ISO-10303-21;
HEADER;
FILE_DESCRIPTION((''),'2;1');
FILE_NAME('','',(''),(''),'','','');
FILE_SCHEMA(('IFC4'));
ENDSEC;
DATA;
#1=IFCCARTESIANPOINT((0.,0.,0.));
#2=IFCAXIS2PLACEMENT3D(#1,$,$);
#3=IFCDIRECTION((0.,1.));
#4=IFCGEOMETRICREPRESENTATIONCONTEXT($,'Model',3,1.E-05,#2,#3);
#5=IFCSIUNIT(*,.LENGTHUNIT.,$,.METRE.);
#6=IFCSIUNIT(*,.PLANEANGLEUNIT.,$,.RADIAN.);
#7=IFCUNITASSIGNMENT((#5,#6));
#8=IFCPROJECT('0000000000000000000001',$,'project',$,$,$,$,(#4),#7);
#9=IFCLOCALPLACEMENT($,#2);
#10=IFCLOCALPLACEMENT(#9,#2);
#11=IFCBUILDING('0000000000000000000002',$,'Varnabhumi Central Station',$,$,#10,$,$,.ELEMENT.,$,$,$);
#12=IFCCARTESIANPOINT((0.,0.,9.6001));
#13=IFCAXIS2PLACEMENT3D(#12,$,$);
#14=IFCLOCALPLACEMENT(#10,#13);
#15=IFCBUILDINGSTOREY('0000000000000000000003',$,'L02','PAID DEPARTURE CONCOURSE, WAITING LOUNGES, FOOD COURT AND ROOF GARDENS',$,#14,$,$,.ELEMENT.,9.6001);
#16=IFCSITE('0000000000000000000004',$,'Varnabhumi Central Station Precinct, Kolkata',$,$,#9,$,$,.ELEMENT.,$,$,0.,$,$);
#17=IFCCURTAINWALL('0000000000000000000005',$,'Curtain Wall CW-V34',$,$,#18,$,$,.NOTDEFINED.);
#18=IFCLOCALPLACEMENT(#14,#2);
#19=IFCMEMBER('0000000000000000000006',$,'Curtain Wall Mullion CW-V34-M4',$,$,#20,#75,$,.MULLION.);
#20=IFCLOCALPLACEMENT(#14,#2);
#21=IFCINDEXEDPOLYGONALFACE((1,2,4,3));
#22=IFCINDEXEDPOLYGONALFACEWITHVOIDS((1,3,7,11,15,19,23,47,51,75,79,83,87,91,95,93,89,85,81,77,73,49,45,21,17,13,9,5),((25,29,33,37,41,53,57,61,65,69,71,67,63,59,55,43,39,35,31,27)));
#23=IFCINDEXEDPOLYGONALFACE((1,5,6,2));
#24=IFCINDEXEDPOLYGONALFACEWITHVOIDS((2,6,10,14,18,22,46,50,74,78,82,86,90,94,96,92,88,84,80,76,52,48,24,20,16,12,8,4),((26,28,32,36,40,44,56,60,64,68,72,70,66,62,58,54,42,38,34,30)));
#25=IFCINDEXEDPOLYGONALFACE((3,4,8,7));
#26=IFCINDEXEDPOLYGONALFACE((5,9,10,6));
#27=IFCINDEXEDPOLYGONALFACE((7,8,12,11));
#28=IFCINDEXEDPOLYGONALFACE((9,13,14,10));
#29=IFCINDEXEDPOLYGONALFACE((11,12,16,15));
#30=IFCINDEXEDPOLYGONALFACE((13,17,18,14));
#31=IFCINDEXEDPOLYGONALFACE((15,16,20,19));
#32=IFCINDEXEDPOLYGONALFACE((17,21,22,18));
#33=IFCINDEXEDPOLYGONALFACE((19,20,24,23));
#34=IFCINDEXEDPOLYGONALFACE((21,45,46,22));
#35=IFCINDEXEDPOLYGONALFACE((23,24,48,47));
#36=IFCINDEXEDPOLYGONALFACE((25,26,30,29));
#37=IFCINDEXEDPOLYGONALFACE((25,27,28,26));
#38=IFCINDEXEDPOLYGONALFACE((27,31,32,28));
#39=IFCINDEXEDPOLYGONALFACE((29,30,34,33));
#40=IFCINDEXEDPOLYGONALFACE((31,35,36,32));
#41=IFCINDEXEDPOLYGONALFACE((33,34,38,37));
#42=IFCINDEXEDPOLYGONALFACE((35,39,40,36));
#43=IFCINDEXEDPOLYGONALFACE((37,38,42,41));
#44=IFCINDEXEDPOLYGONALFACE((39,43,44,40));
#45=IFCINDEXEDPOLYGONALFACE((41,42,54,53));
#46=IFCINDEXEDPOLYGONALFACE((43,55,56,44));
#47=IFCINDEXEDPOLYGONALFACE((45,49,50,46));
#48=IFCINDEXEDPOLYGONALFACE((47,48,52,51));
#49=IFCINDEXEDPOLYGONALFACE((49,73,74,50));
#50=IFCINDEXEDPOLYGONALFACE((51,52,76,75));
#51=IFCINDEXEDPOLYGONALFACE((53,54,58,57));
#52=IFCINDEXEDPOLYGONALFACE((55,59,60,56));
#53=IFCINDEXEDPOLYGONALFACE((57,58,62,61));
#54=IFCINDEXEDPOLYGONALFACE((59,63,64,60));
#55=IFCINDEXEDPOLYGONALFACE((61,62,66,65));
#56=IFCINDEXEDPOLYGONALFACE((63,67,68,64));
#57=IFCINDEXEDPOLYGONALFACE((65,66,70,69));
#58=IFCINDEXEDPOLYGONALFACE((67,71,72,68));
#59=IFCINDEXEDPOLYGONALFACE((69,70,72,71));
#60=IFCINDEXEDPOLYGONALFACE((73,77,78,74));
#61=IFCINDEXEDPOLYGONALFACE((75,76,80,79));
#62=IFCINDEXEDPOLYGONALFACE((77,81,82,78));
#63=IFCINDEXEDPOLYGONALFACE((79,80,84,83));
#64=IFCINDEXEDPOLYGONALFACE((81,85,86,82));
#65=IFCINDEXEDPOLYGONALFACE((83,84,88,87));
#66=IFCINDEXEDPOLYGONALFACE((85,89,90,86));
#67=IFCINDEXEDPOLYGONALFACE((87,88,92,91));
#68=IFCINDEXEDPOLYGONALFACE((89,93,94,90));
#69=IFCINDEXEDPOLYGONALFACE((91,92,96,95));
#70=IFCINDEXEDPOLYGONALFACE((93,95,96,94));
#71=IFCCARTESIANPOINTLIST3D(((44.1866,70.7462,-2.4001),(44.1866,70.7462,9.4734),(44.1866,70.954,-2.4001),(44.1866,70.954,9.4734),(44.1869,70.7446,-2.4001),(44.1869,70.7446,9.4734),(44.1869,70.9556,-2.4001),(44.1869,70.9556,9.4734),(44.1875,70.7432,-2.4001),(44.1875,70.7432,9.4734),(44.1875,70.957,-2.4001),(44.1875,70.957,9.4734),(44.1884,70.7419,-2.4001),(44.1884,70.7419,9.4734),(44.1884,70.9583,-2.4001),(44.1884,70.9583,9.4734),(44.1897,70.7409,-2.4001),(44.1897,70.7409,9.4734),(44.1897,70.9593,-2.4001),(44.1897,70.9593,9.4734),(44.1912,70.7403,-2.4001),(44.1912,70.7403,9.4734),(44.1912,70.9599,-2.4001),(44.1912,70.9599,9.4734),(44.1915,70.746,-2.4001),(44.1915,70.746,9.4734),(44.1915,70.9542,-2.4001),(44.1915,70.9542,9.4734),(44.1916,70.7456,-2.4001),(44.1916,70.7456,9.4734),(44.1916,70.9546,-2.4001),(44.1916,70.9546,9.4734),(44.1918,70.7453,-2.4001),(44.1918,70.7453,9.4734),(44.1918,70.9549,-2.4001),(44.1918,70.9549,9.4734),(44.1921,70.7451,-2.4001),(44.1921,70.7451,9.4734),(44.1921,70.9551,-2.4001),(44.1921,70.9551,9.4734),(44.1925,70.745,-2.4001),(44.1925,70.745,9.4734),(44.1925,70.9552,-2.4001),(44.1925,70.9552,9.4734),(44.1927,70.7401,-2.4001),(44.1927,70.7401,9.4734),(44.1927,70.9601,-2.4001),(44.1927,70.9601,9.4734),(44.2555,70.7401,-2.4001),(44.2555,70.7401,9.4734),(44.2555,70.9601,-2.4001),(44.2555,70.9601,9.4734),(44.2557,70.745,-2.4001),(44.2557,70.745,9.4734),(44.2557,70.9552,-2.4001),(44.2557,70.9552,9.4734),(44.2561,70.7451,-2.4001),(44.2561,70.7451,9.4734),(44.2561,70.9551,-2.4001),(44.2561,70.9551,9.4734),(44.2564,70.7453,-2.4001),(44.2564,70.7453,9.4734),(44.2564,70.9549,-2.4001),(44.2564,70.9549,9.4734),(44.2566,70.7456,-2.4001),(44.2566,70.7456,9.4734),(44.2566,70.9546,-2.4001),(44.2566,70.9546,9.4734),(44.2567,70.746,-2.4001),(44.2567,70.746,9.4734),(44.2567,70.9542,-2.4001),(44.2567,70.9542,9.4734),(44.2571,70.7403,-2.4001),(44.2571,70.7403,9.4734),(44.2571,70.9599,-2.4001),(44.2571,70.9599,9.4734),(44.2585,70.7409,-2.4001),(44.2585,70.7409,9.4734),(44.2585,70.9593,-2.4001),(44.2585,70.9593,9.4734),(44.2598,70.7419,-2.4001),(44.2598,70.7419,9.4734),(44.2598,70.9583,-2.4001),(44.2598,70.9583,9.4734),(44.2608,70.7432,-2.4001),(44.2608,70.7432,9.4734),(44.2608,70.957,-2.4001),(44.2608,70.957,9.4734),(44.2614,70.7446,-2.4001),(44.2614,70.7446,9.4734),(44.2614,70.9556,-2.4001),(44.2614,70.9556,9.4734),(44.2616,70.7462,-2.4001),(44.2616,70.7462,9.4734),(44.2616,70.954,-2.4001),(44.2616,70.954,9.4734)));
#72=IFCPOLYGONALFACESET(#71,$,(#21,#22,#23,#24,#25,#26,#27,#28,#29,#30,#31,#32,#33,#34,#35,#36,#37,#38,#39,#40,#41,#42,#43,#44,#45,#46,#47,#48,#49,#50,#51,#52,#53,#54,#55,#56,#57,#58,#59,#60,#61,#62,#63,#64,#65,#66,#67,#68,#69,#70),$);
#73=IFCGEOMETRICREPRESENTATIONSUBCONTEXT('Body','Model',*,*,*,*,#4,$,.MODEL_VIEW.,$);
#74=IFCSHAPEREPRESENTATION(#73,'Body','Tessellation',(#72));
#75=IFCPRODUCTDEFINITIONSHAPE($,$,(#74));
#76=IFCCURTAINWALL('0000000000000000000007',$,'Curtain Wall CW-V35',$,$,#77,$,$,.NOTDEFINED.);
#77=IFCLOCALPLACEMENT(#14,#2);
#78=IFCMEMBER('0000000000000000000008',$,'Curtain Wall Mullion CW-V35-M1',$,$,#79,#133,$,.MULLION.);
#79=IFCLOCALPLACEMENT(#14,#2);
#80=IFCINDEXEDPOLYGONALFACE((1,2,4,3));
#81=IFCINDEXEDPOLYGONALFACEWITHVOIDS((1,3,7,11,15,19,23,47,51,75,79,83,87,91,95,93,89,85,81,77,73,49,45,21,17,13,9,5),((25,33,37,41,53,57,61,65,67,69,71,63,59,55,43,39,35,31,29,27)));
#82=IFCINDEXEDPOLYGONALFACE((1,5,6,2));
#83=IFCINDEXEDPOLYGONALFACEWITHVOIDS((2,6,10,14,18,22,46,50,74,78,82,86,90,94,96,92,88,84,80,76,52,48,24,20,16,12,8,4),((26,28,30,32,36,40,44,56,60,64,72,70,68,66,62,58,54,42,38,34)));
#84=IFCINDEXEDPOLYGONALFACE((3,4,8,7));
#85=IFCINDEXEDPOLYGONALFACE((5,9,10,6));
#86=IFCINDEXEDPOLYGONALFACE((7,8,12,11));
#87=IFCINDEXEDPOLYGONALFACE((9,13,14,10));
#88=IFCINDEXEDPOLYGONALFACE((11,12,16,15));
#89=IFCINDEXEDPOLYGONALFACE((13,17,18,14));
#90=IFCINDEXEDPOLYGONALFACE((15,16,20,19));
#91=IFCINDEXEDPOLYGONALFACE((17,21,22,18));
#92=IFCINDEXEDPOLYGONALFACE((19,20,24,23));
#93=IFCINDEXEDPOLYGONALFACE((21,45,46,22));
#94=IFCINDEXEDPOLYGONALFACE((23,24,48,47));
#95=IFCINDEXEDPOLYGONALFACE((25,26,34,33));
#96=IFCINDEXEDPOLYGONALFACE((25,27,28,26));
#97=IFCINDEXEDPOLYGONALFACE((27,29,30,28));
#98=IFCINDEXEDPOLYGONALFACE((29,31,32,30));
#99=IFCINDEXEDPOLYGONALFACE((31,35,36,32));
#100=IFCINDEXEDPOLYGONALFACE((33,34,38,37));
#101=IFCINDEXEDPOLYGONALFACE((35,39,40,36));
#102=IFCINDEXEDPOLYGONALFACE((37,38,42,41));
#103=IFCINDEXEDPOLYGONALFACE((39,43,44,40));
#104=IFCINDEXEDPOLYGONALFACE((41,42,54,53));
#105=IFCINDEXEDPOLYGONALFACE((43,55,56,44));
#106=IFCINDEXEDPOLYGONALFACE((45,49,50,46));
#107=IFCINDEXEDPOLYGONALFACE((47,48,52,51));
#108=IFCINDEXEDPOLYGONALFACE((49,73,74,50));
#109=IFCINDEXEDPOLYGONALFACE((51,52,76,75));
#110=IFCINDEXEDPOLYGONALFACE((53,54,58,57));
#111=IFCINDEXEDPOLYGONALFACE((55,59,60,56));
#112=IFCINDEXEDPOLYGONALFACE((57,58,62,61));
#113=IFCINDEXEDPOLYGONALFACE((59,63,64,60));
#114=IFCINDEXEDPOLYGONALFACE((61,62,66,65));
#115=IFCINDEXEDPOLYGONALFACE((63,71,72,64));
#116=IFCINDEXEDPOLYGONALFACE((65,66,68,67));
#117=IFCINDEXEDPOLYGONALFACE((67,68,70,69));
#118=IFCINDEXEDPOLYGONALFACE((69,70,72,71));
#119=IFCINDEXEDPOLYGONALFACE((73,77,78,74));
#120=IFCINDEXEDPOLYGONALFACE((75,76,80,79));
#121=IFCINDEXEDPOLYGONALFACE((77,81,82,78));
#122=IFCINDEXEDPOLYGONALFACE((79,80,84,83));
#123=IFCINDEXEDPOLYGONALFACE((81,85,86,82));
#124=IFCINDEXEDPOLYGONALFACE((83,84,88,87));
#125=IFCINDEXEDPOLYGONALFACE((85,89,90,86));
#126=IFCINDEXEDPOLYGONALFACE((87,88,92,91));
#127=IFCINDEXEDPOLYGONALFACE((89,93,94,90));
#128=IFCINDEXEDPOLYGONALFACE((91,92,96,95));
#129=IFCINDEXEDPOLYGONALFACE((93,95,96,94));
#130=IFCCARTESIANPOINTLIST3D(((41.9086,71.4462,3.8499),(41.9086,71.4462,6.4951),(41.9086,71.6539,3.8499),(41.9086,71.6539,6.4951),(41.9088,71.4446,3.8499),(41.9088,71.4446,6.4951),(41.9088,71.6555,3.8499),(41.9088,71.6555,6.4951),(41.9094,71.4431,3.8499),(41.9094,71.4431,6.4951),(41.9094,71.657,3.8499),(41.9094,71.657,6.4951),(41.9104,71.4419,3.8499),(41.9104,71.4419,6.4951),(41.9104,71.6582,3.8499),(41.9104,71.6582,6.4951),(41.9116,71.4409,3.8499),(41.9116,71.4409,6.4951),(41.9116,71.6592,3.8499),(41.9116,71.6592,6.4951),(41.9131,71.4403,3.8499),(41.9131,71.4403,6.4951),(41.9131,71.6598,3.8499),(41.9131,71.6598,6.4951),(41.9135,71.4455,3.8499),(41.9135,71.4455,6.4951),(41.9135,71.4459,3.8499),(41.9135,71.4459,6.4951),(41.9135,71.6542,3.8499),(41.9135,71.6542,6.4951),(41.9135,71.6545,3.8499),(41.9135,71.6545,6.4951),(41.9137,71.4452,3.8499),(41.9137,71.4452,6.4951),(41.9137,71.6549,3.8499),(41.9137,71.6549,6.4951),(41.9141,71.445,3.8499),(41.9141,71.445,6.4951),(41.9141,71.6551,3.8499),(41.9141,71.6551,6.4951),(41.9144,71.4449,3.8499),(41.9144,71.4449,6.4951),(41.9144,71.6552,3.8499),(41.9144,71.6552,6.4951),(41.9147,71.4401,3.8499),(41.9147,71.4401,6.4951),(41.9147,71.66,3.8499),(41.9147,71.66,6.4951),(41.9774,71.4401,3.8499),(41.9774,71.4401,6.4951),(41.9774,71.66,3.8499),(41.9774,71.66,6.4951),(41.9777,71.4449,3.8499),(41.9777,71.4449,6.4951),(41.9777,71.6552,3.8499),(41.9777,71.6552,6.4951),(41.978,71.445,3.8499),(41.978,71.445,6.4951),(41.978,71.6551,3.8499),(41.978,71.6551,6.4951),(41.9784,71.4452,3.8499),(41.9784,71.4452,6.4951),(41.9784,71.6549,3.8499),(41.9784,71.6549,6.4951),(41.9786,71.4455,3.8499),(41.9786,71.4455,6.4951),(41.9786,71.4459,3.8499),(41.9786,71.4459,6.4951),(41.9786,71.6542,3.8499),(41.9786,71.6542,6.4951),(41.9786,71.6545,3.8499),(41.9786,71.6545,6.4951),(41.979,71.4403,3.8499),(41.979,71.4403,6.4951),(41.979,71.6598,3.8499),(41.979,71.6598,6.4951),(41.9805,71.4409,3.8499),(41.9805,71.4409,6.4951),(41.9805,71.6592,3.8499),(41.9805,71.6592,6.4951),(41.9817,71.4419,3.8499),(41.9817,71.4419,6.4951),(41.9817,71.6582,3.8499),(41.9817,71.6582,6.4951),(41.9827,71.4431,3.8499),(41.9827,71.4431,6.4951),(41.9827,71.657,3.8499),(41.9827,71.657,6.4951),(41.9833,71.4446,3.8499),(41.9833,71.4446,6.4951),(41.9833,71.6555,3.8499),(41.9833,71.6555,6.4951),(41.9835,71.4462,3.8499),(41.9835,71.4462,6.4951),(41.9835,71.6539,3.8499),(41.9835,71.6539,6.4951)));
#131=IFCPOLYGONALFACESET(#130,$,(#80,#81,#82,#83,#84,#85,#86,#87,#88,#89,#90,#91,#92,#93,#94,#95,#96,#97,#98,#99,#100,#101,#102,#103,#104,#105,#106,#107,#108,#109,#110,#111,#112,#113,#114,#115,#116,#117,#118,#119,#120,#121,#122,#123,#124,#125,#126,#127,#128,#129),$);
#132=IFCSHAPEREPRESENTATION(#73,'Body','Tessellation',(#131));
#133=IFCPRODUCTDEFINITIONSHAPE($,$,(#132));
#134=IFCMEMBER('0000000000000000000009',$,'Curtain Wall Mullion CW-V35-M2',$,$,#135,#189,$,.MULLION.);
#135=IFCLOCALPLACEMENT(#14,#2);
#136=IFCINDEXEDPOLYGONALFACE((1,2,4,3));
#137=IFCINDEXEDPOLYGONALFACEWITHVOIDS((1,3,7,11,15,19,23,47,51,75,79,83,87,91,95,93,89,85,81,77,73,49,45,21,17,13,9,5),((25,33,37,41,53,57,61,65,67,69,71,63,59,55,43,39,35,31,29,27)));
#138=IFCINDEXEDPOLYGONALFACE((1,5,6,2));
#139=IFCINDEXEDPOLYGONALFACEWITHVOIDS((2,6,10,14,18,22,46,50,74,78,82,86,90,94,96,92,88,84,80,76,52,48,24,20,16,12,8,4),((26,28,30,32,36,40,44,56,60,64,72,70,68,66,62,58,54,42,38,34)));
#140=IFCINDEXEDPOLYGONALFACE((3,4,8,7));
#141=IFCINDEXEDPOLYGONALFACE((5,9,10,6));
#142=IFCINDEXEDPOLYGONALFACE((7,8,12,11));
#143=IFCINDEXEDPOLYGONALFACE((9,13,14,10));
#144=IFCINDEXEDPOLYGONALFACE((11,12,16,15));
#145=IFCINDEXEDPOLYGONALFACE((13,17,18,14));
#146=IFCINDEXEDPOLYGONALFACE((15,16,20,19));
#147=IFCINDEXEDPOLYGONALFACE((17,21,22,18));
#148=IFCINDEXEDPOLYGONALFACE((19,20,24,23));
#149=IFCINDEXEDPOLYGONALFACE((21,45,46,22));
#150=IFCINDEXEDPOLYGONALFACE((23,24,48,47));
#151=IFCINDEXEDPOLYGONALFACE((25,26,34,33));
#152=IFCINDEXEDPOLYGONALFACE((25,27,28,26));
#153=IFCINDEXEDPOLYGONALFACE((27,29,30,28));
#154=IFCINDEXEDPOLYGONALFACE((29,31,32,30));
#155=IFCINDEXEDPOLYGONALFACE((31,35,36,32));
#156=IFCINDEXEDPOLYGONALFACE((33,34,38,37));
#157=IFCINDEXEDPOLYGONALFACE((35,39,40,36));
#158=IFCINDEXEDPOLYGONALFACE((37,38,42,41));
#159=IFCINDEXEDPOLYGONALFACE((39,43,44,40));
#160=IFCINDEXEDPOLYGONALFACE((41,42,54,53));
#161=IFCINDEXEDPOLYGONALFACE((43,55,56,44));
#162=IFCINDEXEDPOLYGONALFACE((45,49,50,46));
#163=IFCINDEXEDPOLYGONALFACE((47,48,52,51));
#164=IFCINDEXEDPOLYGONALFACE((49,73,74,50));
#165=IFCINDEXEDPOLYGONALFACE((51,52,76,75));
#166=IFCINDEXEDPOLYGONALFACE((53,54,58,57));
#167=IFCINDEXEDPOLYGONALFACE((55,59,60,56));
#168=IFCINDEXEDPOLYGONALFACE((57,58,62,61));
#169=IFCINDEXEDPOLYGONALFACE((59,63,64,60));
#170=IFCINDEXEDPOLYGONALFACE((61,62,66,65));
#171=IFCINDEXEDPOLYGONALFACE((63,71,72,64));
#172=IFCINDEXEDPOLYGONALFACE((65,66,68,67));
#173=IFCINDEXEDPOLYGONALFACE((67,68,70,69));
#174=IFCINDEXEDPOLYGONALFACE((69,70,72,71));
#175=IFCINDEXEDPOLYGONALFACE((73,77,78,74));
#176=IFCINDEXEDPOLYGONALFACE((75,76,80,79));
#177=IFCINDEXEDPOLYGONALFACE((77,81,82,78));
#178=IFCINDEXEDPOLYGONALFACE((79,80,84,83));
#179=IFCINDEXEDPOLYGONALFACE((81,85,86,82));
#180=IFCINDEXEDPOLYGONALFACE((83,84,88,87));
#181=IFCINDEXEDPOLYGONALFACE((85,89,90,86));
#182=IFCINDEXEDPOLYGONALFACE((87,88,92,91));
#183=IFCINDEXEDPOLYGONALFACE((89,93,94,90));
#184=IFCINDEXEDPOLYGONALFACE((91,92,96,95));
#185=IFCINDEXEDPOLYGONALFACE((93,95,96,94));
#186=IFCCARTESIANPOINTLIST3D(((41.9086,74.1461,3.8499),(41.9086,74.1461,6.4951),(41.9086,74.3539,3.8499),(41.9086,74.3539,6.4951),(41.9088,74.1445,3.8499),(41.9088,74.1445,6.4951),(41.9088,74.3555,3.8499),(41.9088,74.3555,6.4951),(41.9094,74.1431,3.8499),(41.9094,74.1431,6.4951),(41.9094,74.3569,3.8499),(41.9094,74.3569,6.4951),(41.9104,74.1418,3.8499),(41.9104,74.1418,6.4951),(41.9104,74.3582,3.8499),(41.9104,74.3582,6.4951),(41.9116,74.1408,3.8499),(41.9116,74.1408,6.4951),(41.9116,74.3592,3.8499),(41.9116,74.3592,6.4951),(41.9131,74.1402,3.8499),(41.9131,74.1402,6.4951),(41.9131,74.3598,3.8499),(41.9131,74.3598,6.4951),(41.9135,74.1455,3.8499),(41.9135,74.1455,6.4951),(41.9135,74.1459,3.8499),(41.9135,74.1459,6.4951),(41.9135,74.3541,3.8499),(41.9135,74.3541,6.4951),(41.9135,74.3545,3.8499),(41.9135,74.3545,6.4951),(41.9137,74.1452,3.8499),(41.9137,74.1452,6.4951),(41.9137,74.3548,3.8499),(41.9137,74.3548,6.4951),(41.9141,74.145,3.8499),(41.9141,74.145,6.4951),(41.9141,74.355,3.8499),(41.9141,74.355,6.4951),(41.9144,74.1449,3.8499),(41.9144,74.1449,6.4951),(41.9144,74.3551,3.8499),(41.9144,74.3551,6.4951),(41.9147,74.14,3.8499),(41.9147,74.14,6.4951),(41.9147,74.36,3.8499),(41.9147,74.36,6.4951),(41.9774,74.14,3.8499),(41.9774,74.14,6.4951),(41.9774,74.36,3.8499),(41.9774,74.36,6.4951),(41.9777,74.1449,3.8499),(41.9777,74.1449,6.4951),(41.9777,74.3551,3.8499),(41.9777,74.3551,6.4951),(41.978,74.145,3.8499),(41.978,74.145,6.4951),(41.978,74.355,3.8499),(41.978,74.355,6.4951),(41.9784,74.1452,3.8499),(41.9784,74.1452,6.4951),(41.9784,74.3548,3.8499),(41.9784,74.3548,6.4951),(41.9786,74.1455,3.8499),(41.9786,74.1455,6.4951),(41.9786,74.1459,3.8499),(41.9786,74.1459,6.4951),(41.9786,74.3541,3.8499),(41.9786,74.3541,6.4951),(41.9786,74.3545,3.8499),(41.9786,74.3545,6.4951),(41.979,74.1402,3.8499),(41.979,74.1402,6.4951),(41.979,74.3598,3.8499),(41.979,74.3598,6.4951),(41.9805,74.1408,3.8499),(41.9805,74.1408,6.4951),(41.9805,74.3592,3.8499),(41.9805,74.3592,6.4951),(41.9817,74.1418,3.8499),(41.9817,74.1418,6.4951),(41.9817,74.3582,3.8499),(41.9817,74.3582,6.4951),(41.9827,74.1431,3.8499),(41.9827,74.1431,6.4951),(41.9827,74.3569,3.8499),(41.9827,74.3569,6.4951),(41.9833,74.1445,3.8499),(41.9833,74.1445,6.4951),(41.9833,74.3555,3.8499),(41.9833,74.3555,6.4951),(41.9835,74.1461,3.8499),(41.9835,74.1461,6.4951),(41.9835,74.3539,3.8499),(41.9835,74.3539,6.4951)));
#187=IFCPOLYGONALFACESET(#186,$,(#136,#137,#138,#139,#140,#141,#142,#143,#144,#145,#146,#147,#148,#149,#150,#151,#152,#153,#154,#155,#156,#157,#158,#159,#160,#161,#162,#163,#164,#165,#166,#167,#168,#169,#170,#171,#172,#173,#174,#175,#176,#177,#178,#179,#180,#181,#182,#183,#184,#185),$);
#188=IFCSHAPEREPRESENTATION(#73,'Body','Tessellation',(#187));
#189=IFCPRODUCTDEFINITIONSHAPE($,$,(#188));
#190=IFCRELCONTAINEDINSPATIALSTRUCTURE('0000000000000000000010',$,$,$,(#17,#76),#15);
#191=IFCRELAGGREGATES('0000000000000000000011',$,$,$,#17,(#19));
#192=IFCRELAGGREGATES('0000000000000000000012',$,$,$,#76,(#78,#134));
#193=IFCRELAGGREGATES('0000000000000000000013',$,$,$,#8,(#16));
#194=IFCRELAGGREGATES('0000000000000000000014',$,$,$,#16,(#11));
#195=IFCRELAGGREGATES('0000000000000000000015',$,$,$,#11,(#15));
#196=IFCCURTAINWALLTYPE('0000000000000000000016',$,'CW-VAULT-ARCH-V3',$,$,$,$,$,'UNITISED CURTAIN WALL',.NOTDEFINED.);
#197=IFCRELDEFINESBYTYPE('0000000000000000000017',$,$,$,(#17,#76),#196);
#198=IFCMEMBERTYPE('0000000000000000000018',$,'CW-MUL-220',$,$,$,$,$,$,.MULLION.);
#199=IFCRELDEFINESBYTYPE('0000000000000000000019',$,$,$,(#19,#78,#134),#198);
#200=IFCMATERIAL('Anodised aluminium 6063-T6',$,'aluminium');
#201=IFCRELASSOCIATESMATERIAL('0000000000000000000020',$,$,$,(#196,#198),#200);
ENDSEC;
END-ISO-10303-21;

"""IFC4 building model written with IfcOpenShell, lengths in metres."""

from ifc_helpers import new_model, si_unit, direction, frame, origin, origin_2d, place, context, subcontext, project, spatial, hollow_rectangle, extrude, material, material_profile, profile_set, type_object, element, aggregate, save


model = new_model("IFC4")

# Units and contexts
model_context = context("Model", 3, precision=1e-05, world=origin(), true_north=direction((0.0, 1.0)))
body_context = subcontext(model_context, "Body", "Model", "MODEL_VIEW")
ifc_project = project(units=[si_unit("LENGTHUNIT", "METRE"), si_unit("PLANEANGLEUNIT", "RADIAN")], contexts=[model_context])

# Site, building, storey
site_placement = place(None, origin())
site = spatial("IfcSite", under=ifc_project, at=site_placement, Name="Varnabhumi Central Station Precinct, Kolkata", CompositionType="ELEMENT", RefElevation=0.0)
building_placement = place(site_placement, origin())
building = spatial("IfcBuilding", under=site, at=building_placement, Name="Varnabhumi Central Station", CompositionType="ELEMENT")
storey_placement = place(building_placement, frame((0.0, 0.0, 9.6001)))
storey = spatial("IfcBuildingStorey", under=building, at=storey_placement, Name="L02", Description="PAID DEPARTURE CONCOURSE, WAITING LOUNGES, FOOD COURT AND ROOF GARDENS", CompositionType="ELEMENT", Elevation=9.6001)

# Curtain wall, member
ifc_material_1 = material(Name="Anodised aluminium 6063-T6", Category="aluminium")
curtain_wall_type = type_object("IfcCurtainWallType", Name="CW-VAULT-ARCH-V3", ElementType="UNITISED CURTAIN WALL", PredefinedType="NOTDEFINED", material=ifc_material_1)
curtain_wall_1_placement = place(storey_placement, origin())
curtain_wall_1 = element("IfcCurtainWall", 1, at=curtain_wall_1_placement, inside=storey, type_object=curtain_wall_type, Name="Curtain Wall CW-V34", PredefinedType="NOTDEFINED")
ifc_material_profile_1 = material_profile(ifc_material_1, hollow_rectangle(XDim=0.075, YDim=0.22, WallThickness=0.0049, InnerFilletRadius=0.001, OuterFilletRadius=0.0061, at=origin_2d()), Name="Anodised aluminium 6063-T6", Category="aluminium")
ifc_profile_set_1 = profile_set([ifc_material_profile_1], Name="Anodised aluminium 6063-T6")
member_type_1 = type_object("IfcMemberType", Name="CW-MUL-220", PredefinedType="MULLION", material=ifc_profile_set_1)
member_1_placement = place(storey_placement, frame((44.2241, 70.8501, -2.4001), z_axis=(0.0, 0.0, 1.0), x_axis=(1.0, 0.0, 0.0)))
member_1 = element("IfcMember", 2, at=member_1_placement, type_object=member_type_1, Name="Curtain Wall Mullion CW-V34-M4", PredefinedType="MULLION", context=body_context, shape_type="SweptSolid", body=[
    extrude(hollow_rectangle(XDim=0.075, YDim=0.22, WallThickness=0.0049, InnerFilletRadius=0.001, OuterFilletRadius=0.0061, at=origin_2d()), origin(), (0.0, 0.0, 1.0), 11.8735),
])

# Curtain wall, members
curtain_wall_2_placement = place(storey_placement, origin())
curtain_wall_2 = element("IfcCurtainWall", 3, at=curtain_wall_2_placement, inside=storey, type_object=curtain_wall_type, Name="Curtain Wall CW-V35", PredefinedType="NOTDEFINED")
member_2_placement = place(storey_placement, frame((41.946, 71.55, 3.8499), z_axis=(0.0, 0.0, 1.0), x_axis=(1.0, 0.0, 0.0)))
member_2 = element("IfcMember", 4, at=member_2_placement, type_object=member_type_1, Name="Curtain Wall Mullion CW-V35-M1", PredefinedType="MULLION", context=body_context, shape_type="SweptSolid", body=[
    extrude(hollow_rectangle(XDim=0.075, YDim=0.22, WallThickness=0.0049, InnerFilletRadius=0.001, OuterFilletRadius=0.0061, at=origin_2d()), origin(), (0.0, 0.0, 1.0), 2.6453),
])
member_3_placement = place(storey_placement, frame((41.946, 74.25, 3.8499), z_axis=(0.0, 0.0, 1.0), x_axis=(1.0, 0.0, 0.0)))
member_3 = element("IfcMember", 5, at=member_3_placement, type_object=member_type_1, Name="Curtain Wall Mullion CW-V35-M2", PredefinedType="MULLION", context=body_context, shape_type="SweptSolid", body=[
    extrude(hollow_rectangle(XDim=0.075, YDim=0.22, WallThickness=0.0049, InnerFilletRadius=0.001, OuterFilletRadius=0.0061, at=origin_2d()), origin(), (0.0, 0.0, 1.0), 2.6453),
])

aggregate(curtain_wall_1, [member_1])
aggregate(curtain_wall_2, [member_2, member_3])

save(model, "model.ifc")
